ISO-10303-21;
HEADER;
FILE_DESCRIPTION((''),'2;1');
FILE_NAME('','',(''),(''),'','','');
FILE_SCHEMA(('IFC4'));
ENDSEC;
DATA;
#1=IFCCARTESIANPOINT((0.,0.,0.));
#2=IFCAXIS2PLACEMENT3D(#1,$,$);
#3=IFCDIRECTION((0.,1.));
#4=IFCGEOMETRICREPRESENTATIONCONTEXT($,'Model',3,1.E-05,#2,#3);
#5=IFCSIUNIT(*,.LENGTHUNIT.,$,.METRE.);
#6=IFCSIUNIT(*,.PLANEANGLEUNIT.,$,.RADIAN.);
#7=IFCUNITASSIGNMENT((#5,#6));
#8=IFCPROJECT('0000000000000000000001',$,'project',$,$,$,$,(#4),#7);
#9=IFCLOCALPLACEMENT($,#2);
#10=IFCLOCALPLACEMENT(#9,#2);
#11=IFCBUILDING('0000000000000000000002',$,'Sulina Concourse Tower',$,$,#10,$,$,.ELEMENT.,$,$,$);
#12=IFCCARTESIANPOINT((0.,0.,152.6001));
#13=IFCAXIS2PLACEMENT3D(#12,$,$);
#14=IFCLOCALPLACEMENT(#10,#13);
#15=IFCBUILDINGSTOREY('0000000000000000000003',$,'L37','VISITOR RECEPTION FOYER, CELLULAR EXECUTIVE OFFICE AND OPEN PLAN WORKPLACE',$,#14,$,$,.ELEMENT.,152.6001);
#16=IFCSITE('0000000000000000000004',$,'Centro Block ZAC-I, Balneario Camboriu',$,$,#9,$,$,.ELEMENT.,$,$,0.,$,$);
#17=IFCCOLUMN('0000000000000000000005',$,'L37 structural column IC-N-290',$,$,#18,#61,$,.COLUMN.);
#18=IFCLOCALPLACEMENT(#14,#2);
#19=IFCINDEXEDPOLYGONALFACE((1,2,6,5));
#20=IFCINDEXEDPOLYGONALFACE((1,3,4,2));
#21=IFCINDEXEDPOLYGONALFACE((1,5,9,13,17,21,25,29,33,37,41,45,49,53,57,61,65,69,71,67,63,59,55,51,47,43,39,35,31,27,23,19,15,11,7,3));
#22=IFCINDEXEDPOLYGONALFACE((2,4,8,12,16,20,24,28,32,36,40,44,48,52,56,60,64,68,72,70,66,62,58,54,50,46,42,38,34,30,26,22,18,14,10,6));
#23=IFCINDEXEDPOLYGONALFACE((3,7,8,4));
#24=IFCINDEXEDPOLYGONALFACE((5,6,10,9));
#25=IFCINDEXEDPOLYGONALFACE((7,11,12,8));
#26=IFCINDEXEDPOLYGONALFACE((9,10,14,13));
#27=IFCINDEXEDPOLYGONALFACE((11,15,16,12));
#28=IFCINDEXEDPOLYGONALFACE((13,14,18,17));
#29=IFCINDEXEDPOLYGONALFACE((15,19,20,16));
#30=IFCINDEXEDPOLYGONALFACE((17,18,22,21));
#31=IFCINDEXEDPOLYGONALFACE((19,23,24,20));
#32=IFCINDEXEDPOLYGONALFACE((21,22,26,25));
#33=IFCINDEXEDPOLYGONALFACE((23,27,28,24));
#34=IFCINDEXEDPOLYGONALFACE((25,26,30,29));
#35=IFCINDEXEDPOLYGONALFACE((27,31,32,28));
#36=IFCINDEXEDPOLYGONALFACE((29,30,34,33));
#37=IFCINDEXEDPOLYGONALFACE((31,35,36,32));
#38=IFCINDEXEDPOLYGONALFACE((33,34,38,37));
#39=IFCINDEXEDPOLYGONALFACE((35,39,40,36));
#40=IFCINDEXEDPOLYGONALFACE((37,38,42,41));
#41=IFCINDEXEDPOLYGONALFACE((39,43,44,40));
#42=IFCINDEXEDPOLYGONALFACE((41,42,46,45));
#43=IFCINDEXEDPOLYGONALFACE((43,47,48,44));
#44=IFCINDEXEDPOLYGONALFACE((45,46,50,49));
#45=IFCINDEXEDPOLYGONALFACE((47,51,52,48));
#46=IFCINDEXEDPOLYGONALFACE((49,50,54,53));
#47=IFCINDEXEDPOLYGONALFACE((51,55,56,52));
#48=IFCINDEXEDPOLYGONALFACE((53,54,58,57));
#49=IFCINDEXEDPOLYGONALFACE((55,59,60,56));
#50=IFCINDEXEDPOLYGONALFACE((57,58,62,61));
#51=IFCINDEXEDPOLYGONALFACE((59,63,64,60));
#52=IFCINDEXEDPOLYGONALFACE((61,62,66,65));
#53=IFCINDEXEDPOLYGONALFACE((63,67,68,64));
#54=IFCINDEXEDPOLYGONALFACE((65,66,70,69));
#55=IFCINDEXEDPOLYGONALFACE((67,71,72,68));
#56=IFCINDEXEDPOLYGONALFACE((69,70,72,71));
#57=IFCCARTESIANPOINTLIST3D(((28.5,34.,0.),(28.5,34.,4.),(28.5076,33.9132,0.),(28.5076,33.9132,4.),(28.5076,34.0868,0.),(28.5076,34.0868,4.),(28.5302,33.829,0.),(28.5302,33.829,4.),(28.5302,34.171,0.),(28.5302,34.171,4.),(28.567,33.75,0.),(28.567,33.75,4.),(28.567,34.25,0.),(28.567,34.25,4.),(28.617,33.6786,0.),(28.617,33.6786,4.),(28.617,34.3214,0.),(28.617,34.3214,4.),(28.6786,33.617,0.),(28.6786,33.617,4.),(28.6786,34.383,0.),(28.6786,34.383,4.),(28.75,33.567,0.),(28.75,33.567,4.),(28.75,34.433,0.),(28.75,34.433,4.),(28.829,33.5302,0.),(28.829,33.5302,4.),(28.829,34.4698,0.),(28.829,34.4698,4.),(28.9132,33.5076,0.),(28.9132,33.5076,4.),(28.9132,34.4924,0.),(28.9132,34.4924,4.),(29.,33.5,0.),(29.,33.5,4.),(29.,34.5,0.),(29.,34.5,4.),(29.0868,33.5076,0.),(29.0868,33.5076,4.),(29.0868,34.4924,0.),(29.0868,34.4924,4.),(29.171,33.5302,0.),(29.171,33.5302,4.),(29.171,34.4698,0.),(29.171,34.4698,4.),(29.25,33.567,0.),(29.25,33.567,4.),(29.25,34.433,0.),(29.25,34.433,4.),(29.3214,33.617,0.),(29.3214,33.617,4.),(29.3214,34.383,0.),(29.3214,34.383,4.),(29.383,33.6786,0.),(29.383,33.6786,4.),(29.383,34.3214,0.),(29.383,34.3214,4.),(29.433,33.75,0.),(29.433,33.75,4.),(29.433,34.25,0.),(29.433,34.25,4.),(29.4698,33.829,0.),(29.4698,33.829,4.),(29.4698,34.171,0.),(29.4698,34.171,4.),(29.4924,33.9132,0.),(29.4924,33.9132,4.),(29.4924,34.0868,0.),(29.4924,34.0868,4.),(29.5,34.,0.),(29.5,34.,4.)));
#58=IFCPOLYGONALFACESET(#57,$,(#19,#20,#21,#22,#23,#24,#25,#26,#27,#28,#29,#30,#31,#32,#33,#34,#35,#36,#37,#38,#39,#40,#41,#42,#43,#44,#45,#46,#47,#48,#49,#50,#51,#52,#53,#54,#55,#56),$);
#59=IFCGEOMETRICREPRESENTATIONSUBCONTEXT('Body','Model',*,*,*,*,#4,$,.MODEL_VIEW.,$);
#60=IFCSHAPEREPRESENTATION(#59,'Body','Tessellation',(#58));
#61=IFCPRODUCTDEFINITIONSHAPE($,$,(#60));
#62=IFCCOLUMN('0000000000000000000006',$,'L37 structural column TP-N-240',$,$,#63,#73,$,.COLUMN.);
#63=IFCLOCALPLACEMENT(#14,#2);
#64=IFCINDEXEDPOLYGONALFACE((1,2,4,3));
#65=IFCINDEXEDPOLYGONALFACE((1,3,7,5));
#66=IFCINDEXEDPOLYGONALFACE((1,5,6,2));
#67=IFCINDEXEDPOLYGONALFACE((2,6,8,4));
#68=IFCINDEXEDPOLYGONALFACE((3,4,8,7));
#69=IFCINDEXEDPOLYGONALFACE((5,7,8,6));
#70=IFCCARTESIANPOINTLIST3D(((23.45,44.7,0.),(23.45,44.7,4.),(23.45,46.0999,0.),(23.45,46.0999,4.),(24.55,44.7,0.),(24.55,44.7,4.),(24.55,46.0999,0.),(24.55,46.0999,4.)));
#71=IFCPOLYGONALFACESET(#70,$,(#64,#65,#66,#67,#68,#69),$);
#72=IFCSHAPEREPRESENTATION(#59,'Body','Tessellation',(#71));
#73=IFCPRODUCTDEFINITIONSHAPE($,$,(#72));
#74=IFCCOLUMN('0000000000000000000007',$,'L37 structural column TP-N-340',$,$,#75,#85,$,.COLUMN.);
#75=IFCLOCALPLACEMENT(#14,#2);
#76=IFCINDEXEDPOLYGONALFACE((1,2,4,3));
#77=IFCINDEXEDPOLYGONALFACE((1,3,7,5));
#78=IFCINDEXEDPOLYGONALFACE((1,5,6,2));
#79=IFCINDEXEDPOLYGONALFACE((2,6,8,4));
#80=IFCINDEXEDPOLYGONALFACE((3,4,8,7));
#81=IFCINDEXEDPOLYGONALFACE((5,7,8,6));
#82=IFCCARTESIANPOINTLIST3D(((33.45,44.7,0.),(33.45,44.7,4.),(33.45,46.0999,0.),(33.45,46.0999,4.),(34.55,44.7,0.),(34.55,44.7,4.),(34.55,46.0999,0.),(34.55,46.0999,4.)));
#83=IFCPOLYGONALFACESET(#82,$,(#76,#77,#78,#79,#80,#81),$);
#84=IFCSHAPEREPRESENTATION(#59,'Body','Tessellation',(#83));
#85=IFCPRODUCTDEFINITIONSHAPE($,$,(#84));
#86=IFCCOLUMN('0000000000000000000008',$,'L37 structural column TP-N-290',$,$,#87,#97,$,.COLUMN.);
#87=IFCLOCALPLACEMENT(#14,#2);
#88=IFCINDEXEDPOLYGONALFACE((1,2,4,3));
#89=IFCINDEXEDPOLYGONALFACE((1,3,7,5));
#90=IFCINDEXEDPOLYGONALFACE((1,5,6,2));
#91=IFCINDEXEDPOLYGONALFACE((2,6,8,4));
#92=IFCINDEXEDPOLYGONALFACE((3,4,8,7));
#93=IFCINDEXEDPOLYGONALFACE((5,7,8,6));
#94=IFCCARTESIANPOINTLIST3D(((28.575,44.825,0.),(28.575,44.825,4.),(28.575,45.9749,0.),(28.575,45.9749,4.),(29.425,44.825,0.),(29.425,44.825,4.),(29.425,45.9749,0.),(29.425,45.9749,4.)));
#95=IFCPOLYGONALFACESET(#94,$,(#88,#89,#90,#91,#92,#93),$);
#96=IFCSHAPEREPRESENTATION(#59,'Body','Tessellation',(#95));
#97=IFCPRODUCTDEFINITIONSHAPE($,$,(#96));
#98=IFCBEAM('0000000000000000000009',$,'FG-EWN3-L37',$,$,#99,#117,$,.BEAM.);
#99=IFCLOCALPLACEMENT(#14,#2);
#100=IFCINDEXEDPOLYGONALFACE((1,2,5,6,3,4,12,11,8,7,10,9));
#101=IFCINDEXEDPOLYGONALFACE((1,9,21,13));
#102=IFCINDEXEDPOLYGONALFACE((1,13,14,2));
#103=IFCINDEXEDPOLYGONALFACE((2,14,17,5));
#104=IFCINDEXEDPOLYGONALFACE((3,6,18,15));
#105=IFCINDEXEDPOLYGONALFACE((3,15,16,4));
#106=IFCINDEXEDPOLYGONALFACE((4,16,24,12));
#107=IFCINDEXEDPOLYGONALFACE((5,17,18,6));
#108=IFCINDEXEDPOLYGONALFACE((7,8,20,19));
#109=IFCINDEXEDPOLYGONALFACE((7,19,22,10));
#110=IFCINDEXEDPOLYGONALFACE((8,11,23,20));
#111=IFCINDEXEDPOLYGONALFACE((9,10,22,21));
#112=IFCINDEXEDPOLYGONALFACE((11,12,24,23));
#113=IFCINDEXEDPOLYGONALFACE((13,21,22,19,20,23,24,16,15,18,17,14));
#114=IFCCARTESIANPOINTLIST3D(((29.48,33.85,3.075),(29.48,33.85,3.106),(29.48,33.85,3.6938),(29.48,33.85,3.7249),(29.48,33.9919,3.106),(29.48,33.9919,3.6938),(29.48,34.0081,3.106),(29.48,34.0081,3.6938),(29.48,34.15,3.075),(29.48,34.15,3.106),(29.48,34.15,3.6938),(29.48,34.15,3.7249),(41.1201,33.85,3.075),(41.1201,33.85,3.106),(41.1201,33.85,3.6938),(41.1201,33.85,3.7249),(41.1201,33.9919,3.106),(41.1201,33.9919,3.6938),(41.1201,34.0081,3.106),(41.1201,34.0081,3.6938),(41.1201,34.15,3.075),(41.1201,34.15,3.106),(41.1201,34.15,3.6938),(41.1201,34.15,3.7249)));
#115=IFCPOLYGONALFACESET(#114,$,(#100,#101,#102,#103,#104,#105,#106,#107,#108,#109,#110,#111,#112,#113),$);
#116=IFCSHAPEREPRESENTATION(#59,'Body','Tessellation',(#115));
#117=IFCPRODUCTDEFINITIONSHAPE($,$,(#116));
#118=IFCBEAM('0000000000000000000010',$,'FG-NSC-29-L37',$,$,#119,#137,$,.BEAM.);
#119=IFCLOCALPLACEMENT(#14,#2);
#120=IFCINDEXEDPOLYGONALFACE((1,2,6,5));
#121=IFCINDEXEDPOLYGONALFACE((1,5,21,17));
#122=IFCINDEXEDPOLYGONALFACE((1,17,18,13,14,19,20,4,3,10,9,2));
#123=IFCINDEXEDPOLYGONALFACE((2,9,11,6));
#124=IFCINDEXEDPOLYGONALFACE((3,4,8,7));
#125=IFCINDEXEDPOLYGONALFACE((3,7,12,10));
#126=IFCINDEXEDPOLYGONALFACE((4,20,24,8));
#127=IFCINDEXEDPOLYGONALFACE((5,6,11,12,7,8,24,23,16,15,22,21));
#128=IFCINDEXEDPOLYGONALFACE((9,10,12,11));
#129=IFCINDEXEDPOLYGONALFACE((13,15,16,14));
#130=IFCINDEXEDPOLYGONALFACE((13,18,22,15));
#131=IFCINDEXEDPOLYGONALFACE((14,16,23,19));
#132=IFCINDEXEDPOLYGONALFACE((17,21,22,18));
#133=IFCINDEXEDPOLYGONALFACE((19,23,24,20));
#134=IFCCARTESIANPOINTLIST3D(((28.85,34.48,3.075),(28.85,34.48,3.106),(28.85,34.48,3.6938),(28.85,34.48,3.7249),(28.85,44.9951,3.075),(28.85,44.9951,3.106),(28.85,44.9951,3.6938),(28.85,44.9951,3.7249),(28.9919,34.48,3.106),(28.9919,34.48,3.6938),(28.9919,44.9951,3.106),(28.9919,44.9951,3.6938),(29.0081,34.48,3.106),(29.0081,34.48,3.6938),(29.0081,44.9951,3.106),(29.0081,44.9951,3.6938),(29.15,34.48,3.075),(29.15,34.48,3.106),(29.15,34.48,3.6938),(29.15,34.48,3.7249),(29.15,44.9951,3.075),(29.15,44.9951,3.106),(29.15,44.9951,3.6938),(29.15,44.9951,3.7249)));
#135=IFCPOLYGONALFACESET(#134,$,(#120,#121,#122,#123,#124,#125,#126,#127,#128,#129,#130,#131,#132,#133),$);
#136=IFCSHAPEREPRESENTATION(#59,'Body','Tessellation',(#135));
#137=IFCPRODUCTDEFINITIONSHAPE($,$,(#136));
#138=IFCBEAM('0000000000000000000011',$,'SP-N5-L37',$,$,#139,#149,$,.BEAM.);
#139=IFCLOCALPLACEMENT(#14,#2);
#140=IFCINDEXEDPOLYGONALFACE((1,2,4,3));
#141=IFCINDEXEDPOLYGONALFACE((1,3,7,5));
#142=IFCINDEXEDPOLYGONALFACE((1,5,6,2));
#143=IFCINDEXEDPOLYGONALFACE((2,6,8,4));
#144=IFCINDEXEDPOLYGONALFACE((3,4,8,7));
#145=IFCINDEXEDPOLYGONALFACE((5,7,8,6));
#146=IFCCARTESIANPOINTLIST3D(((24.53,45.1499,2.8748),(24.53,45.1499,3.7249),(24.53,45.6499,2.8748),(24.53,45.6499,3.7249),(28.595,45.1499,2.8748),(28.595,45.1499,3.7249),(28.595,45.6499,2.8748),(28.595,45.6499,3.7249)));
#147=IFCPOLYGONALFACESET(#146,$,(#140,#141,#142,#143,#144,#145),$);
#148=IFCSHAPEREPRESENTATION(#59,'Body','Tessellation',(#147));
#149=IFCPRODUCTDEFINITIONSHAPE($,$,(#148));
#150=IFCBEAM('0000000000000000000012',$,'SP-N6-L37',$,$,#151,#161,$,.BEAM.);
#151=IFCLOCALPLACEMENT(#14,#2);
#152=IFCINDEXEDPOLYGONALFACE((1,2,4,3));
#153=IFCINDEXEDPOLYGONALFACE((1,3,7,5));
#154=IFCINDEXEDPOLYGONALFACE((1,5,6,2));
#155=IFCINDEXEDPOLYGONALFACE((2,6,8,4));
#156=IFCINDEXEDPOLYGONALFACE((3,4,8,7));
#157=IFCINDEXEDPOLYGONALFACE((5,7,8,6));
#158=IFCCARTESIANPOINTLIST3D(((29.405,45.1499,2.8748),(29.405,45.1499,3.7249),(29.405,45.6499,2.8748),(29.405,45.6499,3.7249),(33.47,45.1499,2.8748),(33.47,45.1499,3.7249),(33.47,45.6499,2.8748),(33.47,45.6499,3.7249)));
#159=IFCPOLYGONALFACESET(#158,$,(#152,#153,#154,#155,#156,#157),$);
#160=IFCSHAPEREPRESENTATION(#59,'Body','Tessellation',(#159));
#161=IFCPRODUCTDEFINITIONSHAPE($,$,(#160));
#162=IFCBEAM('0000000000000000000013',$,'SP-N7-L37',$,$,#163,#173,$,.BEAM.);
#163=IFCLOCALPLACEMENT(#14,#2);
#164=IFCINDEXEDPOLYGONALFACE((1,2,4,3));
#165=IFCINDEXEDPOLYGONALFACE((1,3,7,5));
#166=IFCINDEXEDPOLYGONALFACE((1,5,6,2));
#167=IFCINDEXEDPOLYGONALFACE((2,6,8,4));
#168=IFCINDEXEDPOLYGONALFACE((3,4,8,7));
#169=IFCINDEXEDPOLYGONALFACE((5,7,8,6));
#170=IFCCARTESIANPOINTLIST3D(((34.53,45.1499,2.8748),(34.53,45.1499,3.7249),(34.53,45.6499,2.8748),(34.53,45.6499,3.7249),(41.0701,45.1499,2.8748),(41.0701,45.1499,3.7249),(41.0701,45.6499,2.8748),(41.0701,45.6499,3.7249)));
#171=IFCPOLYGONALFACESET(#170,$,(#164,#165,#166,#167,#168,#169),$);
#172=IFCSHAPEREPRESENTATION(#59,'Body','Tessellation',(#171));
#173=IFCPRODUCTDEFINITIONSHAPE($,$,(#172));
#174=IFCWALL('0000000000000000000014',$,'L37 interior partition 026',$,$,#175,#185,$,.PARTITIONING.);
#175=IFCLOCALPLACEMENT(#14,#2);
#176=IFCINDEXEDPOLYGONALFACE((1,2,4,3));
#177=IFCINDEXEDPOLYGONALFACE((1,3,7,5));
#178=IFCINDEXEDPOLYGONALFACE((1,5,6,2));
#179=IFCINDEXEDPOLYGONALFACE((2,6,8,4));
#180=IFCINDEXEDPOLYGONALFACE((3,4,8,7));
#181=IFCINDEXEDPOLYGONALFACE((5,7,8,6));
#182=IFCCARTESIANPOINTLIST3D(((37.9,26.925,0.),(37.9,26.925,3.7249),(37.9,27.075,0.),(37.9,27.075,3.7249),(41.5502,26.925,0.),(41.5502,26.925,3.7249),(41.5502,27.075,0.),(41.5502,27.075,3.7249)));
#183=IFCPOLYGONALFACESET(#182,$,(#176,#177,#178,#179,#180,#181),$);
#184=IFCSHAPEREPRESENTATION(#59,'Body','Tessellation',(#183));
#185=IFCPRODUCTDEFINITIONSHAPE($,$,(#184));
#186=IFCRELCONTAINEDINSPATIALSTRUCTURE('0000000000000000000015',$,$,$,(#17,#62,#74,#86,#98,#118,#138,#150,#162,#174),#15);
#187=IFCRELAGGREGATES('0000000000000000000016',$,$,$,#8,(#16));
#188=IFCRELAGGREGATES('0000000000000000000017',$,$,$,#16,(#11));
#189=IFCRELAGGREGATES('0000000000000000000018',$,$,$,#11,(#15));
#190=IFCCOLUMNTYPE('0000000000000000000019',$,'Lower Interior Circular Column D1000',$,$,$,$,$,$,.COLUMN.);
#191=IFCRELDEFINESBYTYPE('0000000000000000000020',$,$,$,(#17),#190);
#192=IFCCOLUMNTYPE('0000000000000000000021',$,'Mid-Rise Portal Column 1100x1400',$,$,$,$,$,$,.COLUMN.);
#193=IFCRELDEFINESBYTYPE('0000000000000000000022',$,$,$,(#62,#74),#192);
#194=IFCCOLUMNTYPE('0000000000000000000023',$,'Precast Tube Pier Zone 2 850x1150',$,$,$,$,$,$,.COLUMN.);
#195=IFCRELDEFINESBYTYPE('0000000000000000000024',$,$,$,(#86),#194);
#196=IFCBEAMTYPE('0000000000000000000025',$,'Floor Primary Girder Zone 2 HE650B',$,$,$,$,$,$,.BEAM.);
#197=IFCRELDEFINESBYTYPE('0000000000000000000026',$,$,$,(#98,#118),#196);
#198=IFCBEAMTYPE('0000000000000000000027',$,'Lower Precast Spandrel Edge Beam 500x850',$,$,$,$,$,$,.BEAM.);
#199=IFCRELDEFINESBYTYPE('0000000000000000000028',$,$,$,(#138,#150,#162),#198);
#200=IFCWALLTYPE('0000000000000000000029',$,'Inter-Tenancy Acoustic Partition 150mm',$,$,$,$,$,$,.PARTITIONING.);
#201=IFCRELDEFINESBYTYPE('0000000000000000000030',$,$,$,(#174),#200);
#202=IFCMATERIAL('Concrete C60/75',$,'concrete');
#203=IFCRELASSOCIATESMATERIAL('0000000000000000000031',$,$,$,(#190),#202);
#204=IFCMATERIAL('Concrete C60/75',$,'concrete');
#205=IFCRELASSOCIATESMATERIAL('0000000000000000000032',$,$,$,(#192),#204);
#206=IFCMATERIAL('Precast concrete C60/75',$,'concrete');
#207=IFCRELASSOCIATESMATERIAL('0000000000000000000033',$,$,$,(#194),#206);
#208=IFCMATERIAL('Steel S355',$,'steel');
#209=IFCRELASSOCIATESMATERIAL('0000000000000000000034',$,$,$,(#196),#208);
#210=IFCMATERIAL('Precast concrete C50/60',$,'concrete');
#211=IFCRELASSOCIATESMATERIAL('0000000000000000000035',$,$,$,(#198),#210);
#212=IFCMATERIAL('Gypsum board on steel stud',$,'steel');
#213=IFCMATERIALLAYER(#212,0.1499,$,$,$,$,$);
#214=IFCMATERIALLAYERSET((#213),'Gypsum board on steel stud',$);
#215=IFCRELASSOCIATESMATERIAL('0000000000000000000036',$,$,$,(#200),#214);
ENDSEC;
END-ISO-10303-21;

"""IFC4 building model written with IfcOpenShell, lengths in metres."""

from ifc_helpers import new_model, si_unit, direction, frame, frame_2d, origin, origin_2d, place, context, subcontext, project, spatial, rectangle, circle, i_section, extrude, material, layer, layer_set, material_profile, profile_set, type_object, element, save


model = new_model("IFC4")

# Units and contexts
model_context = context("Model", 3, precision=1e-05, world=origin(), true_north=direction((0.0, 1.0)))
body_context = subcontext(model_context, "Body", "Model", "MODEL_VIEW")
ifc_project = project(units=[si_unit("LENGTHUNIT", "METRE"), si_unit("PLANEANGLEUNIT", "RADIAN")], contexts=[model_context])

# Site, building, storey
site_placement = place(None, origin())
site = spatial("IfcSite", under=ifc_project, at=site_placement, Name="Centro Block ZAC-I, Balneario Camboriu", CompositionType="ELEMENT", RefElevation=0.0)
building_placement = place(site_placement, origin())
building = spatial("IfcBuilding", under=site, at=building_placement, Name="Sulina Concourse Tower", CompositionType="ELEMENT")
storey_placement = place(building_placement, frame((0.0, 0.0, 152.6001)))
storey = spatial("IfcBuildingStorey", under=building, at=storey_placement, Name="L37", Description="VISITOR RECEPTION FOYER, CELLULAR EXECUTIVE OFFICE AND OPEN PLAN WORKPLACE", CompositionType="ELEMENT", Elevation=152.6001)

# Columns
ifc_material_1 = material(Name="Concrete C60/75", Category="concrete")
ifc_material_profile_1 = material_profile(ifc_material_1, circle(Radius=0.5, at=origin_2d()), Name="RC D1000")
ifc_profile_set_1 = profile_set([ifc_material_profile_1], Name="Concrete C60/75")
column_type_1 = type_object("IfcColumnType", Name="Lower Interior Circular Column D1000", PredefinedType="COLUMN", material=ifc_profile_set_1)
column_1_placement = place(storey_placement, frame((29.0, 34.0, 0.0), z_axis=(0.0, 0.0, 1.0), x_axis=(1.0, 0.0, 0.0)))
element("IfcColumn", 1, at=column_1_placement, inside=storey, type_object=column_type_1, Name="L37 structural column IC-N-290", PredefinedType="COLUMN", context=body_context, shape_type="SweptSolid", body=[
    extrude(circle(Radius=0.5, at=origin_2d()), origin(), (0.0, 0.0, 1.0), 4.0),
])
ifc_material_2 = material(Name="Concrete C60/75", Category="concrete")
ifc_material_profile_2 = material_profile(ifc_material_2, rectangle(XDim=1.1001, YDim=1.3999, at=origin_2d()), Name="RC 1100x1400")
ifc_profile_set_2 = profile_set([ifc_material_profile_2], Name="Concrete C60/75")
column_type_2 = type_object("IfcColumnType", Name="Mid-Rise Portal Column 1100x1400", PredefinedType="COLUMN", material=ifc_profile_set_2)
for number, where, z_axis, x_axis, name in (
    (2, (24.0, 45.3999, 0.0), (0.0, 0.0, 1.0), (1.0, 0.0, 0.0), "L37 structural column TP-N-240"),
    (3, (34.0, 45.3999, 0.0), (0.0, 0.0, 1.0), (1.0, 0.0, 0.0), "L37 structural column TP-N-340"),
):
    element("IfcColumn", number, at=place(storey_placement, frame(where, z_axis=z_axis, x_axis=x_axis)), inside=storey, type_object=column_type_2, Name=name, PredefinedType="COLUMN", context=body_context, shape_type="SweptSolid", body=[
        extrude(rectangle(XDim=1.1001, YDim=1.3999, at=origin_2d()), origin(), (0.0, 0.0, 1.0), 4.0),
    ])
ifc_material_3 = material(Name="Precast concrete C60/75", Category="concrete")
ifc_material_profile_3 = material_profile(ifc_material_3, rectangle(XDim=0.8501, YDim=1.1499, at=origin_2d()), Name="PC 850x1150")
ifc_profile_set_3 = profile_set([ifc_material_profile_3], Name="Precast concrete C60/75")
column_type_3 = type_object("IfcColumnType", Name="Precast Tube Pier Zone 2 850x1150", PredefinedType="COLUMN", material=ifc_profile_set_3)
column_2_placement = place(storey_placement, frame((29.0, 45.3999, 0.0), z_axis=(0.0, 0.0, 1.0), x_axis=(1.0, 0.0, 0.0)))
element("IfcColumn", 4, at=column_2_placement, inside=storey, type_object=column_type_3, Name="L37 structural column TP-N-290", PredefinedType="COLUMN", context=body_context, shape_type="SweptSolid", body=[
    extrude(rectangle(XDim=0.8501, YDim=1.1499, at=origin_2d()), origin(), (0.0, 0.0, 1.0), 4.0),
])

# Beams
ifc_material_4 = material(Name="Steel S355", Category="steel")
ifc_material_profile_4 = material_profile(ifc_material_4, i_section(OverallWidth=0.3, OverallDepth=0.6499, WebThickness=0.0161, FlangeThickness=0.031, at=origin_2d()), Name="HE 650 B")
ifc_profile_set_4 = profile_set([ifc_material_profile_4], Name="Steel S355")
beam_type_1 = type_object("IfcBeamType", Name="Floor Primary Girder Zone 2 HE650B", PredefinedType="BEAM", material=ifc_profile_set_4)
beam_1_placement = place(storey_placement, frame((29.48, 34.0, 3.3999), z_axis=(1.0, 0.0, 0.0), x_axis=(0.0, 1.0, 0.0)))
element("IfcBeam", 5, at=beam_1_placement, inside=storey, type_object=beam_type_1, Name="FG-EWN3-L37", PredefinedType="BEAM", context=body_context, shape_type="SweptSolid", body=[
    extrude(i_section(OverallWidth=0.3, OverallDepth=0.6499, WebThickness=0.0161, FlangeThickness=0.031, at=origin_2d()), origin(), (0.0, 0.0, 1.0), 11.6401),
])
beam_2_placement = place(storey_placement, frame((29.0, 34.48, 3.3999), z_axis=(0.0, 1.0, 0.0), x_axis=(-1.0, 0.0, 0.0)))
element("IfcBeam", 6, at=beam_2_placement, inside=storey, type_object=beam_type_1, Name="FG-NSC-29-L37", PredefinedType="BEAM", context=body_context, shape_type="SweptSolid", body=[
    extrude(i_section(OverallWidth=0.3, OverallDepth=0.6499, WebThickness=0.0161, FlangeThickness=0.031, at=origin_2d()), origin(), (0.0, 0.0, 1.0), 10.5151),
])
ifc_material_5 = material(Name="Precast concrete C50/60", Category="concrete")
ifc_material_profile_5 = material_profile(ifc_material_5, rectangle(XDim=0.5, YDim=0.8501, at=origin_2d()), Name="RC 500x850")
ifc_profile_set_5 = profile_set([ifc_material_profile_5], Name="Precast concrete C50/60")
beam_type_2 = type_object("IfcBeamType", Name="Lower Precast Spandrel Edge Beam 500x850", PredefinedType="BEAM", material=ifc_profile_set_5)
for number, where, z_axis, x_axis, name in (
    (7, (24.53, 45.3999, 3.2998), (1.0, 0.0, 0.0), (0.0, 1.0, 0.0), "SP-N5-L37"),
    (8, (29.405, 45.3999, 3.2998), (1.0, 0.0, 0.0), (0.0, 1.0, 0.0), "SP-N6-L37"),
):
    element("IfcBeam", number, at=place(storey_placement, frame(where, z_axis=z_axis, x_axis=x_axis)), inside=storey, type_object=beam_type_2, Name=name, PredefinedType="BEAM", context=body_context, shape_type="SweptSolid", body=[
        extrude(rectangle(XDim=0.5, YDim=0.8501, at=origin_2d()), origin(), (0.0, 0.0, 1.0), 4.0649),
    ])
beam_3_placement = place(storey_placement, frame((34.53, 45.3999, 3.2998), z_axis=(1.0, 0.0, 0.0), x_axis=(0.0, 1.0, 0.0)))
element("IfcBeam", 9, at=beam_3_placement, inside=storey, type_object=beam_type_2, Name="SP-N7-L37", PredefinedType="BEAM", context=body_context, shape_type="SweptSolid", body=[
    extrude(rectangle(XDim=0.5, YDim=0.8501, at=origin_2d()), origin(), (0.0, 0.0, 1.0), 6.54),
])

# Wall
ifc_material_6 = material(Name="Gypsum board on steel stud", Category="steel")
ifc_layer_1 = layer(ifc_material_6, 0.1499)
ifc_layer_set_1 = layer_set([ifc_layer_1], Name="Gypsum board on steel stud")
wall_type_1 = type_object("IfcWallType", Name="Inter-Tenancy Acoustic Partition 150mm", PredefinedType="PARTITIONING", material=ifc_layer_set_1)
wall_1_placement = place(storey_placement, frame((37.8999, 27.0, 0.0), z_axis=(0.0, 0.0, 1.0), x_axis=(1.0, 0.0, 0.0)))
element("IfcWall", 10, at=wall_1_placement, inside=storey, type_object=wall_type_1, Name="L37 interior partition 026", PredefinedType="PARTITIONING", context=body_context, shape_type="SweptSolid", body=[
    extrude(rectangle(XDim=3.6501, YDim=0.1499, at=frame_2d((1.8252, 0.0))), origin(), (0.0, 0.0, 1.0), 3.7249),
])

save(model, "model.ifc")
